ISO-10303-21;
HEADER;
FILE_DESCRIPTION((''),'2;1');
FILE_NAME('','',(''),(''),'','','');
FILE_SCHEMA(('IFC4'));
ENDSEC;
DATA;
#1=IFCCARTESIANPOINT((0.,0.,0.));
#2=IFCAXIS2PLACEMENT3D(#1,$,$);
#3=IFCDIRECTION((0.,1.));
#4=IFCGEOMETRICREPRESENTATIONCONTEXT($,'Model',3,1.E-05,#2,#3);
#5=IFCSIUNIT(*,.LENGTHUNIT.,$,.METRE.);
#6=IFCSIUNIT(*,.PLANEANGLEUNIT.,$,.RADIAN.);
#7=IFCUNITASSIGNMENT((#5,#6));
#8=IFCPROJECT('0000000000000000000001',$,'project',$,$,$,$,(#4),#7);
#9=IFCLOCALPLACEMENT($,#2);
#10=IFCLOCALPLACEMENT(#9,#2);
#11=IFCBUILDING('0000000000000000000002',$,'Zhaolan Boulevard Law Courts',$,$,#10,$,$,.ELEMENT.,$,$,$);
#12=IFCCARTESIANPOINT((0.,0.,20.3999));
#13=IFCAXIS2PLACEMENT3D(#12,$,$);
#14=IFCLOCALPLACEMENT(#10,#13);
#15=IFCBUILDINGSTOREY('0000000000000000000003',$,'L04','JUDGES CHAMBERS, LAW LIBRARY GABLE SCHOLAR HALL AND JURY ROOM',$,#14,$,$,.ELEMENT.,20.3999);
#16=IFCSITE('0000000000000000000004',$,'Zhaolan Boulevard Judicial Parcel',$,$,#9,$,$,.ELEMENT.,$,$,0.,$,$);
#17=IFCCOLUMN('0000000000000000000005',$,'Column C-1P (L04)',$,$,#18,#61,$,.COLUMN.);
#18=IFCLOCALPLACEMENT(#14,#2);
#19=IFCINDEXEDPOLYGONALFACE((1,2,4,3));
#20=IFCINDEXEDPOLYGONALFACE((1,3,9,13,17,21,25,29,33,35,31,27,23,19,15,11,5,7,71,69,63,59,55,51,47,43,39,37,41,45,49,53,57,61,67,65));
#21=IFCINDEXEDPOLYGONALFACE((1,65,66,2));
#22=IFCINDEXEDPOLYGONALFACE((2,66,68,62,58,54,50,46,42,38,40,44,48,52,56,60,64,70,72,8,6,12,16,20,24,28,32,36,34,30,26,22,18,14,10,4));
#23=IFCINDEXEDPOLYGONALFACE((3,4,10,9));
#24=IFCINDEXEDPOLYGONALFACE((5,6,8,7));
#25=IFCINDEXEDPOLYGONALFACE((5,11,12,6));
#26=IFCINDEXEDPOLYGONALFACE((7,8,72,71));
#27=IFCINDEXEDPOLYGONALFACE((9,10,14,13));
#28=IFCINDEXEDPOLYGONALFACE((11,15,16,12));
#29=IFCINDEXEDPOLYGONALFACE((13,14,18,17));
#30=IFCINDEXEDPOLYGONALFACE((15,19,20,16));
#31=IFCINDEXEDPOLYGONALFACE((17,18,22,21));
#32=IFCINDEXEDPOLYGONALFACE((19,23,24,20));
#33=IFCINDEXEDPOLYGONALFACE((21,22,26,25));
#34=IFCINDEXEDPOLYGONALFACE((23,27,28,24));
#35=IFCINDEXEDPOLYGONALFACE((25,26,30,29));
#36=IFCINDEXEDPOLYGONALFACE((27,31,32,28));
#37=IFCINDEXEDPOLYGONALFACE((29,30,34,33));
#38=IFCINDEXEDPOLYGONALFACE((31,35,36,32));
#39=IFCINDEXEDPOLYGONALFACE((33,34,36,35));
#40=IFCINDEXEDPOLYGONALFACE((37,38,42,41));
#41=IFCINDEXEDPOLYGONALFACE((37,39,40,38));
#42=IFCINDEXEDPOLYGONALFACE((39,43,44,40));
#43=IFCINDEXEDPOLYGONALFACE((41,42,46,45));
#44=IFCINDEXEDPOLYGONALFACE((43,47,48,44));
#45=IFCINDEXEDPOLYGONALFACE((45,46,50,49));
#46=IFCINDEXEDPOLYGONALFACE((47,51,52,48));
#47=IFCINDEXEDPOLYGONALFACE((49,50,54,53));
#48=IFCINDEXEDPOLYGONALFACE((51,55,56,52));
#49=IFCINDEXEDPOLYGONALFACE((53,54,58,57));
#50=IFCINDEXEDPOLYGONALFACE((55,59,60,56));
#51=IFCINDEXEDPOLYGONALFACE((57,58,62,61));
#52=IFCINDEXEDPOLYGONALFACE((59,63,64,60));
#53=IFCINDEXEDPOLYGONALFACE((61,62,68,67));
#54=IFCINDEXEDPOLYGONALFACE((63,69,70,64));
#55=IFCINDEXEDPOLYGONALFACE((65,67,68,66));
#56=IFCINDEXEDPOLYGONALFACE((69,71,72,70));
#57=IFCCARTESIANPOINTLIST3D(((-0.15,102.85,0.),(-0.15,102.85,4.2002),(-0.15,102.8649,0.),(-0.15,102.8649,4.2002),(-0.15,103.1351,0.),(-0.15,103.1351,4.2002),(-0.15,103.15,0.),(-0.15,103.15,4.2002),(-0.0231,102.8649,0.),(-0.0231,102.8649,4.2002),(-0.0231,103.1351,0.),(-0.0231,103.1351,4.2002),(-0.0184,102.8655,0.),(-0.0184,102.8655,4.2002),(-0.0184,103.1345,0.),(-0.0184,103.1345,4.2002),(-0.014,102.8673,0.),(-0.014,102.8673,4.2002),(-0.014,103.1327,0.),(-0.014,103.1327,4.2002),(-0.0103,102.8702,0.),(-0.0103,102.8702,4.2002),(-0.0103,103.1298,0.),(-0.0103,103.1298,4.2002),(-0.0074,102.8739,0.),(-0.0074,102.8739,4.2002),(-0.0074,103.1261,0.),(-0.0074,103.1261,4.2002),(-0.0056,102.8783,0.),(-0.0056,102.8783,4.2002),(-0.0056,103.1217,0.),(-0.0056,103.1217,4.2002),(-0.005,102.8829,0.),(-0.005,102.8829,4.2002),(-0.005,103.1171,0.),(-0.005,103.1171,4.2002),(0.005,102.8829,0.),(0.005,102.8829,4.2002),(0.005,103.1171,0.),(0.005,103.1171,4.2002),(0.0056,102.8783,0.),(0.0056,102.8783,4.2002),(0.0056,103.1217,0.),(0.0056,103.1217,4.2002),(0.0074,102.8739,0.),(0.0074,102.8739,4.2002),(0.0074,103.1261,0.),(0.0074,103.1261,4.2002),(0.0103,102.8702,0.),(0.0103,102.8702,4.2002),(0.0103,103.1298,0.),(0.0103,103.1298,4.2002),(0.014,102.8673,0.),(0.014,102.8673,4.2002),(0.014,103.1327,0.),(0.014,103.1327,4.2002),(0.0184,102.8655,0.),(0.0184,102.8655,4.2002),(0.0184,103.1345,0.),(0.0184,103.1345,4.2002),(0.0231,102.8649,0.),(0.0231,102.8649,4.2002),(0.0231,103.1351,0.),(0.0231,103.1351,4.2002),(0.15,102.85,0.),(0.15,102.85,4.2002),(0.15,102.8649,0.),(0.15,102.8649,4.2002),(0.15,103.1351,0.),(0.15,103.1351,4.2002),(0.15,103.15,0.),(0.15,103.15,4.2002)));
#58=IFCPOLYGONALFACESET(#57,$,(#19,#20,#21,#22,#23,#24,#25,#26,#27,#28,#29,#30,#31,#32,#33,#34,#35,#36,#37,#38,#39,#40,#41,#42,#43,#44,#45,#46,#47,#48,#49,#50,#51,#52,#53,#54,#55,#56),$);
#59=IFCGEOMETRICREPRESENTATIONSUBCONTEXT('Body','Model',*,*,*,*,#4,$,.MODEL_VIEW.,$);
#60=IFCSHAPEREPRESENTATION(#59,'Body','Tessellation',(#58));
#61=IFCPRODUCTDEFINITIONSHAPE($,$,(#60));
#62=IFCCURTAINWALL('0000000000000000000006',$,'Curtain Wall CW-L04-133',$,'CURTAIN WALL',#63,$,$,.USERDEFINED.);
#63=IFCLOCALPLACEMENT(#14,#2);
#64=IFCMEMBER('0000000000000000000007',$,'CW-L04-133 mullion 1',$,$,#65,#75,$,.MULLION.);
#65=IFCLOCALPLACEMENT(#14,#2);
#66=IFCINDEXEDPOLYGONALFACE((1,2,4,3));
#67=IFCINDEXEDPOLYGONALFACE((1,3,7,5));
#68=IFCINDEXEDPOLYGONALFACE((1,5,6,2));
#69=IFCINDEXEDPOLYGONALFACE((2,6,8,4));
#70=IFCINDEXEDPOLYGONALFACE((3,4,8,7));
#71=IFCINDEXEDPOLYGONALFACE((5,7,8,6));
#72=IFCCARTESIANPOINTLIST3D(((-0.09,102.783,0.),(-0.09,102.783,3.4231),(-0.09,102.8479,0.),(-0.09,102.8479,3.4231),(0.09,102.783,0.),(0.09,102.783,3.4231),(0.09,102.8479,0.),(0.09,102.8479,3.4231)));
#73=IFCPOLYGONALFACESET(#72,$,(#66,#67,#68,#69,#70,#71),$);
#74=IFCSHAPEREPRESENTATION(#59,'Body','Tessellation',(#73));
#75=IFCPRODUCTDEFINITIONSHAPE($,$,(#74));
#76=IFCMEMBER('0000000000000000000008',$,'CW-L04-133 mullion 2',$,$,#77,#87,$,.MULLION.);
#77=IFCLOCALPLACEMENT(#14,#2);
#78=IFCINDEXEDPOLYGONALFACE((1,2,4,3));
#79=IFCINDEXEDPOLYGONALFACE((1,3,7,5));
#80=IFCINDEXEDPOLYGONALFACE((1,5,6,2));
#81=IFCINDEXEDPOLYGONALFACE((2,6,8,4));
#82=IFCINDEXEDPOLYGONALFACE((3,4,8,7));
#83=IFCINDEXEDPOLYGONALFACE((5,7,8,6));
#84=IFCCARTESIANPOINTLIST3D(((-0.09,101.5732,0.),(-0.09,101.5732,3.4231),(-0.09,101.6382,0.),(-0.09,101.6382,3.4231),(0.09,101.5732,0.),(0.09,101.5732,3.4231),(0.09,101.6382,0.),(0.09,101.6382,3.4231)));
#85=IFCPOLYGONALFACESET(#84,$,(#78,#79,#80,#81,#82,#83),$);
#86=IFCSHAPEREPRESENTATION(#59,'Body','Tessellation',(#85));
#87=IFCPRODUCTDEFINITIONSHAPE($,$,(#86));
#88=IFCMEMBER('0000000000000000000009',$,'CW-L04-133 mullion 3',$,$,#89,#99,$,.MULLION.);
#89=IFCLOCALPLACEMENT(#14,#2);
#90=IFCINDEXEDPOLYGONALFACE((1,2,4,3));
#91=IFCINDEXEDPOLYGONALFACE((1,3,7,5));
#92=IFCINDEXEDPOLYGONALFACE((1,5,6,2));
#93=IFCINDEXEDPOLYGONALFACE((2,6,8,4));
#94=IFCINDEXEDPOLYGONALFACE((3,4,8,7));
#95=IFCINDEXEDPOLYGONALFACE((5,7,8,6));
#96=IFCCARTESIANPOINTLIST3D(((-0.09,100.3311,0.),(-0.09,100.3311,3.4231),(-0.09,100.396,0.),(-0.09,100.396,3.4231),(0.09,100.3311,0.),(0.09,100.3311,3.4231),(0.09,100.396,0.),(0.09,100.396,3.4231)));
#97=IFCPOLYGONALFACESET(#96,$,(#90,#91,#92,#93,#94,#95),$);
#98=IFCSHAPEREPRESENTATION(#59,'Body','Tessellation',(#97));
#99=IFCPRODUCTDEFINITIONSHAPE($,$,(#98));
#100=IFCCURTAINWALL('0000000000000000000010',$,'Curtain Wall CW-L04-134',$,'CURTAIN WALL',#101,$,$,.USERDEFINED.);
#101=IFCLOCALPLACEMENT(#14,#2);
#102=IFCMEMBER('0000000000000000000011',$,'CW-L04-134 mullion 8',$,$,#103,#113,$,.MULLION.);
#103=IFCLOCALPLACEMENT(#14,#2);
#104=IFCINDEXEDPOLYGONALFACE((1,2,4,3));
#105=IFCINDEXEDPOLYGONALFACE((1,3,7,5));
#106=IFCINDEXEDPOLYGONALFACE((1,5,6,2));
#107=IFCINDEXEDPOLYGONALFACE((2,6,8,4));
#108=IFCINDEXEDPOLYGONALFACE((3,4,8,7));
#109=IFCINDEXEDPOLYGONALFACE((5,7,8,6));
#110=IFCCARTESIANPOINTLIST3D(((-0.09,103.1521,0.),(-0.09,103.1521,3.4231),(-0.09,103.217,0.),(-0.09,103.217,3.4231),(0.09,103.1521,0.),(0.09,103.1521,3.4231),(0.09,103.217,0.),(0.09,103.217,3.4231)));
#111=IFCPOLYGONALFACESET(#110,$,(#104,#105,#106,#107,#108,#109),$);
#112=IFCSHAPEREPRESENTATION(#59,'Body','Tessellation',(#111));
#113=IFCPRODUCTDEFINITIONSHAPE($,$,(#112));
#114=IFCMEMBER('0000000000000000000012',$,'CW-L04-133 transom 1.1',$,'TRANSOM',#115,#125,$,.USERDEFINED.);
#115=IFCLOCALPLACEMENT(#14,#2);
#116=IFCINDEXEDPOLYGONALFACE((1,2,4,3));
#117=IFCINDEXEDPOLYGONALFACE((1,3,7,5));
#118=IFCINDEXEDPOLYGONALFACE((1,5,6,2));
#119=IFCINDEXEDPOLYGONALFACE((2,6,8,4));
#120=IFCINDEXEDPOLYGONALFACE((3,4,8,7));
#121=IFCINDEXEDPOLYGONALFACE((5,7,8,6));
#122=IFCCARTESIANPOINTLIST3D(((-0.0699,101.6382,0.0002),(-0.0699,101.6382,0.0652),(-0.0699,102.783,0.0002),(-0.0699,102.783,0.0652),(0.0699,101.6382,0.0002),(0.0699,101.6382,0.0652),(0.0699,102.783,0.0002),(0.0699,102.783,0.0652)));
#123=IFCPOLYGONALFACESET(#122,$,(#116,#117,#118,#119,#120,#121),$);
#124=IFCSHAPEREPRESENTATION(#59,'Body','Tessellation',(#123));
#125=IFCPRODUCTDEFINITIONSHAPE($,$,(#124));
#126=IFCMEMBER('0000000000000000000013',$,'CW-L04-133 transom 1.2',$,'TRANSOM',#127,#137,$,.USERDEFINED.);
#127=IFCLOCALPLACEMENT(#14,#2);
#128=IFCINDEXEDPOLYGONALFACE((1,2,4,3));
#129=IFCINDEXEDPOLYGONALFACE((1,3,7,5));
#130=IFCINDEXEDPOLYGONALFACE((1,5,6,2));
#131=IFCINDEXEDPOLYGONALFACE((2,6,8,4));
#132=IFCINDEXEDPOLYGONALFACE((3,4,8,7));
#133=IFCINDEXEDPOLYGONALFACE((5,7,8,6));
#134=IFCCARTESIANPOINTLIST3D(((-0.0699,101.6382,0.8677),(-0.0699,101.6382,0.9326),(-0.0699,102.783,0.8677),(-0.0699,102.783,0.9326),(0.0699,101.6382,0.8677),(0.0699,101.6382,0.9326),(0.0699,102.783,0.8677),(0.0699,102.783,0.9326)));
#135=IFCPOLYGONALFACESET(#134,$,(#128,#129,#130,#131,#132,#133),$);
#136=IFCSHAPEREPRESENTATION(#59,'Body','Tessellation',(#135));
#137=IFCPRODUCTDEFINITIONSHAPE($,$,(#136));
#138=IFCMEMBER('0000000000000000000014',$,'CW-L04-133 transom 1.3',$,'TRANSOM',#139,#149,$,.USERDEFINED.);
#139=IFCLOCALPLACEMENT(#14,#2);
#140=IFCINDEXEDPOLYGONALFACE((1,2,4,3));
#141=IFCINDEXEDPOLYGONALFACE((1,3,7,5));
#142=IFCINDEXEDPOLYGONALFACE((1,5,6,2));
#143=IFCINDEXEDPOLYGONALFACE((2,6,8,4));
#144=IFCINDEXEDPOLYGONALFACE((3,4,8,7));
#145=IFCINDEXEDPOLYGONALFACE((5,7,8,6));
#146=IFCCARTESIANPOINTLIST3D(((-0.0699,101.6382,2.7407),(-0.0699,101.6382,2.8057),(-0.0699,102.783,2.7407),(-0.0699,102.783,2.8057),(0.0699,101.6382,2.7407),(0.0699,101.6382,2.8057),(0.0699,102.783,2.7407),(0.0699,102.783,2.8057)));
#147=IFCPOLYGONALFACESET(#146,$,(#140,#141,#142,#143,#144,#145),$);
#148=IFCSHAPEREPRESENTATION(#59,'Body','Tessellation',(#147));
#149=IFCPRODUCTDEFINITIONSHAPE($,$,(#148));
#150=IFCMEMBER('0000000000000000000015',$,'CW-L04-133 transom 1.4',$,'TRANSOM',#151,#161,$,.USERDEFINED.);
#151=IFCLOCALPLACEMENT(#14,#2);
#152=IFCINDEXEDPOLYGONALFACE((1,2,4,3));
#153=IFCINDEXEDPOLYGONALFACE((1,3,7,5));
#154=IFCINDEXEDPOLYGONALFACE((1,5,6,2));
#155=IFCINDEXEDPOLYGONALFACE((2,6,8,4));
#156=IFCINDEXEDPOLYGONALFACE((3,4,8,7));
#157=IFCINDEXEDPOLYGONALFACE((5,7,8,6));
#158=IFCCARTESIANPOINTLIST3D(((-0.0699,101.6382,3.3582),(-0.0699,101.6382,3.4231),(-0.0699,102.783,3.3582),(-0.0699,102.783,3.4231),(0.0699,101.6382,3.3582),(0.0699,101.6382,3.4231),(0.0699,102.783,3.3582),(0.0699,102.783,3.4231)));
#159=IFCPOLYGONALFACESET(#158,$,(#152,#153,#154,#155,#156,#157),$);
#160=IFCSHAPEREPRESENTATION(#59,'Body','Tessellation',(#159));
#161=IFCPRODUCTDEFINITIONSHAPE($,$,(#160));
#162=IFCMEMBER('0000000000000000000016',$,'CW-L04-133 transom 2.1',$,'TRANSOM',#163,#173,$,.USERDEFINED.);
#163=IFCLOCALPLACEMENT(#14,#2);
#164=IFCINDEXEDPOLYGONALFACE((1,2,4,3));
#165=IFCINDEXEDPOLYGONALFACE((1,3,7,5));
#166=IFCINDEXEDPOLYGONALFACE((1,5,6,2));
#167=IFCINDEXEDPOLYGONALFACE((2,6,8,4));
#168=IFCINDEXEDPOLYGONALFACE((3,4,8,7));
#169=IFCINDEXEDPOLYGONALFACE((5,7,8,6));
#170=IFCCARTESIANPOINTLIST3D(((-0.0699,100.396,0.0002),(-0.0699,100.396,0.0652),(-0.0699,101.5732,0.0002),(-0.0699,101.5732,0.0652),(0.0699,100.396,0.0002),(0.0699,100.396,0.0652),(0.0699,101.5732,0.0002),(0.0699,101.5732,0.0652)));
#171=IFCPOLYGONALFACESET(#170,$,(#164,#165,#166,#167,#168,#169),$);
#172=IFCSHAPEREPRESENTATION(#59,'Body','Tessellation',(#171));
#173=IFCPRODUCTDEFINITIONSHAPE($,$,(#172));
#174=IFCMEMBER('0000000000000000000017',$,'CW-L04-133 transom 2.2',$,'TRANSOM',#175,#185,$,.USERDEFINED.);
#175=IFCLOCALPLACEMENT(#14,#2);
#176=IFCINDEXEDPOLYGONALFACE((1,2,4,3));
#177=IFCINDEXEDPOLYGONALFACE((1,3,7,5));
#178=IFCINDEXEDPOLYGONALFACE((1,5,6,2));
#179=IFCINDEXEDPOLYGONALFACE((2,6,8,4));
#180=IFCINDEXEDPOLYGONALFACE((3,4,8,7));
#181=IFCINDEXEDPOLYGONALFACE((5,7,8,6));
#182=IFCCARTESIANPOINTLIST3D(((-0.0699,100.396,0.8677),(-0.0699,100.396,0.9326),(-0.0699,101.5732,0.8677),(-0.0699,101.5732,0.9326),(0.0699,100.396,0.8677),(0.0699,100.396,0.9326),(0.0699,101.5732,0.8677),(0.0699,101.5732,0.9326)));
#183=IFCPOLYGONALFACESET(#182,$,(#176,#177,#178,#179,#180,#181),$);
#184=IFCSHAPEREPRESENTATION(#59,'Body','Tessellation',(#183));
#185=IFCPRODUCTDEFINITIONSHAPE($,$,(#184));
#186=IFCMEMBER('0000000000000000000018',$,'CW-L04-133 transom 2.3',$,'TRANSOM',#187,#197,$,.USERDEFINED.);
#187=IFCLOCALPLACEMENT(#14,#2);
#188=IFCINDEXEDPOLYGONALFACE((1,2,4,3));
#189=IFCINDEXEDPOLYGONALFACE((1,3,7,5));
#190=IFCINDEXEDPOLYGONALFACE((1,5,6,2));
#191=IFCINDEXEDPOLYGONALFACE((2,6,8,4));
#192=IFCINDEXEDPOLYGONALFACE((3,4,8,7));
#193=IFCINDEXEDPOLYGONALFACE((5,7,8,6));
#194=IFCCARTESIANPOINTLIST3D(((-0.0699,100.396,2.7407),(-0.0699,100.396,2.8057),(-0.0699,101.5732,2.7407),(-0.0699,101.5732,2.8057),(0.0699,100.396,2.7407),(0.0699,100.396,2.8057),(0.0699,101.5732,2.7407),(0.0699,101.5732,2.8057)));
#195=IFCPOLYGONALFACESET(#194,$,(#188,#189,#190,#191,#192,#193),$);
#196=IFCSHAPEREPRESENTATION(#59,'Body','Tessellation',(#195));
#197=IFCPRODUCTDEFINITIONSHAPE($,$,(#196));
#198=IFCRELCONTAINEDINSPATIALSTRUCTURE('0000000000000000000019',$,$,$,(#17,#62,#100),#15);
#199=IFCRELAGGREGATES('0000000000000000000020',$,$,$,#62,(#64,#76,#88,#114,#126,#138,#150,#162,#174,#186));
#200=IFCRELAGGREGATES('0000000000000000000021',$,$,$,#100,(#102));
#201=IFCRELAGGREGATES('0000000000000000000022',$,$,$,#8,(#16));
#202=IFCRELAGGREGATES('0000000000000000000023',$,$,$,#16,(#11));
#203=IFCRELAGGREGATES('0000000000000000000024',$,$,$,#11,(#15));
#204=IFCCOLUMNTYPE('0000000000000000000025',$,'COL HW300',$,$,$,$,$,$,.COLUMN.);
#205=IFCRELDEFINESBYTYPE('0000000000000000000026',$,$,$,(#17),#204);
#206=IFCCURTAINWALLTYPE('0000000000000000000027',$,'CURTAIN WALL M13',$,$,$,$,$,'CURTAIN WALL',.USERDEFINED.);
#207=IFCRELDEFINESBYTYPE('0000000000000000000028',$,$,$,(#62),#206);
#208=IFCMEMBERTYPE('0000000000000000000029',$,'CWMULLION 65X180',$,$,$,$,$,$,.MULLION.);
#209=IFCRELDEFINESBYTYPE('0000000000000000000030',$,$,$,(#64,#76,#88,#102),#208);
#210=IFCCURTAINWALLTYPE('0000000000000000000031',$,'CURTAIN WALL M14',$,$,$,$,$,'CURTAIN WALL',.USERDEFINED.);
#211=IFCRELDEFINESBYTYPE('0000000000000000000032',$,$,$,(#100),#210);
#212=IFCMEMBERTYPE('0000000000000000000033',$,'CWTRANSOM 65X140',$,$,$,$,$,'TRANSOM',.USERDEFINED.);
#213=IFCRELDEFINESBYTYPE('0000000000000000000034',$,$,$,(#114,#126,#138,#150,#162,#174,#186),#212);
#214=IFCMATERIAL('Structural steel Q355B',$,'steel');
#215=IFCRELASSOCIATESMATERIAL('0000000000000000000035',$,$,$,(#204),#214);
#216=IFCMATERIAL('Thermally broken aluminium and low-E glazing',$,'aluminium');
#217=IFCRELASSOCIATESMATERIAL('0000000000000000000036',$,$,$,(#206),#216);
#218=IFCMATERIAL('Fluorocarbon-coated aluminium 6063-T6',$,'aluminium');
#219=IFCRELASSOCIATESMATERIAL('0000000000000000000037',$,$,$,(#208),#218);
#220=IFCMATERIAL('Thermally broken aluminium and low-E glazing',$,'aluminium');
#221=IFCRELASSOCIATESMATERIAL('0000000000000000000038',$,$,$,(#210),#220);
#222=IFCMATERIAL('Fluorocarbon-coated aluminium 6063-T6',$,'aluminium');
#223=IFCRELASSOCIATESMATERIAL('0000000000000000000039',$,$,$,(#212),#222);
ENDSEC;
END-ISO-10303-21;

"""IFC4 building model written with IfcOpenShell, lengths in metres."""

from ifc_helpers import new_model, si_unit, direction, frame, origin, origin_2d, place, context, subcontext, project, spatial, rectangle, i_section, extrude, material, material_profile, profile_set, type_object, element, aggregate, save


model = new_model("IFC4")

# Units and contexts
model_context = context("Model", 3, precision=1e-05, world=origin(), true_north=direction((0.0, 1.0)))
body_context = subcontext(model_context, "Body", "Model", "MODEL_VIEW")
ifc_project = project(units=[si_unit("LENGTHUNIT", "METRE"), si_unit("PLANEANGLEUNIT", "RADIAN")], contexts=[model_context])

# Site, building, storey
site_placement = place(None, origin())
site = spatial("IfcSite", under=ifc_project, at=site_placement, Name="Zhaolan Boulevard Judicial Parcel", CompositionType="ELEMENT", RefElevation=0.0)
building_placement = place(site_placement, origin())
building = spatial("IfcBuilding", under=site, at=building_placement, Name="Zhaolan Boulevard Law Courts", CompositionType="ELEMENT")
storey_placement = place(building_placement, frame((0.0, 0.0, 20.3999)))
storey = spatial("IfcBuildingStorey", under=building, at=storey_placement, Name="L04", Description="JUDGES CHAMBERS, LAW LIBRARY GABLE SCHOLAR HALL AND JURY ROOM", CompositionType="ELEMENT", Elevation=20.3999)

# Column
ifc_material_1 = material(Name="Structural steel Q355B", Category="steel")
ifc_material_profile_1 = material_profile(ifc_material_1, i_section(OverallWidth=0.3, OverallDepth=0.3, WebThickness=0.01, FlangeThickness=0.0149, FilletRadius=0.0181, at=origin_2d()), Name="HW300x300")
ifc_profile_set_1 = profile_set([ifc_material_profile_1], Name="Structural steel Q355B")
column_type = type_object("IfcColumnType", Name="COL HW300", PredefinedType="COLUMN", material=ifc_profile_set_1)
column_placement = place(storey_placement, frame((0.0, 103.0, 0.0), z_axis=(0.0, 0.0, 1.0), x_axis=(1.0, 0.0, 0.0)))
element("IfcColumn", 1, at=column_placement, inside=storey, type_object=column_type, Name="Column C-1P (L04)", PredefinedType="COLUMN", context=body_context, shape_type="SweptSolid", body=[
    extrude(i_section(OverallWidth=0.3, OverallDepth=0.3, WebThickness=0.01, FlangeThickness=0.0149, FilletRadius=0.0181, at=origin_2d()), origin(), (0.0, 0.0, 1.0), 4.2002),
])

# Curtain wall, members
ifc_material_2 = material(Name="Thermally broken aluminium and low-E glazing", Category="aluminium")
curtain_wall_type_1 = type_object("IfcCurtainWallType", Name="CURTAIN WALL M13", ElementType="CURTAIN WALL", PredefinedType="USERDEFINED", material=ifc_material_2)
curtain_wall_1_placement = place(storey_placement, origin())
curtain_wall_1 = element("IfcCurtainWall", 2, at=curtain_wall_1_placement, inside=storey, type_object=curtain_wall_type_1, Name="Curtain Wall CW-L04-133", ObjectType="CURTAIN WALL", PredefinedType="USERDEFINED")
ifc_material_3 = material(Name="Fluorocarbon-coated aluminium 6063-T6", Category="aluminium")
ifc_material_profile_2 = material_profile(ifc_material_3, rectangle(XDim=0.1799, YDim=0.0649, at=origin_2d()), Name="AL65x180")
ifc_profile_set_2 = profile_set([ifc_material_profile_2], Name="Fluorocarbon-coated aluminium 6063-T6")
member_type_1 = type_object("IfcMemberType", Name="CWMULLION 65X180", PredefinedType="MULLION", material=ifc_profile_set_2)
member_1_placement = place(storey_placement, frame((0.0, 102.8154, 0.0), z_axis=(0.0, 0.0, 1.0), x_axis=(1.0, 0.0, 0.0)))
member_1 = element("IfcMember", 3, at=member_1_placement, type_object=member_type_1, Name="CW-L04-133 mullion 1", PredefinedType="MULLION", context=body_context, shape_type="SweptSolid", body=[
    extrude(rectangle(XDim=0.1799, YDim=0.0649, at=origin_2d()), origin(), (0.0, 0.0, 1.0), 3.4231),
])
member_2_placement = place(storey_placement, frame((0.0, 101.6057, 0.0), z_axis=(0.0, 0.0, 1.0), x_axis=(1.0, 0.0, 0.0)))
member_2 = element("IfcMember", 4, at=member_2_placement, type_object=member_type_1, Name="CW-L04-133 mullion 2", PredefinedType="MULLION", context=body_context, shape_type="SweptSolid", body=[
    extrude(rectangle(XDim=0.1799, YDim=0.0649, at=origin_2d()), origin(), (0.0, 0.0, 1.0), 3.4231),
])
member_3_placement = place(storey_placement, frame((0.0, 100.3635, 0.0), z_axis=(0.0, 0.0, 1.0), x_axis=(1.0, 0.0, 0.0)))
member_3 = element("IfcMember", 5, at=member_3_placement, type_object=member_type_1, Name="CW-L04-133 mullion 3", PredefinedType="MULLION", context=body_context, shape_type="SweptSolid", body=[
    extrude(rectangle(XDim=0.1799, YDim=0.0649, at=origin_2d()), origin(), (0.0, 0.0, 1.0), 3.4231),
])

# Curtain wall, member
ifc_material_4 = material(Name="Thermally broken aluminium and low-E glazing", Category="aluminium")
curtain_wall_type_2 = type_object("IfcCurtainWallType", Name="CURTAIN WALL M14", ElementType="CURTAIN WALL", PredefinedType="USERDEFINED", material=ifc_material_4)
curtain_wall_2_placement = place(storey_placement, origin())
curtain_wall_2 = element("IfcCurtainWall", 6, at=curtain_wall_2_placement, inside=storey, type_object=curtain_wall_type_2, Name="Curtain Wall CW-L04-134", ObjectType="CURTAIN WALL", PredefinedType="USERDEFINED")
member_4_placement = place(storey_placement, frame((0.0, 103.1846, 0.0), z_axis=(0.0, 0.0, 1.0), x_axis=(1.0, 0.0, 0.0)))
member_4 = element("IfcMember", 7, at=member_4_placement, type_object=member_type_1, Name="CW-L04-134 mullion 8", PredefinedType="MULLION", context=body_context, shape_type="SweptSolid", body=[
    extrude(rectangle(XDim=0.1799, YDim=0.0649, at=origin_2d()), origin(), (0.0, 0.0, 1.0), 3.4231),
])

# Members
ifc_material_5 = material(Name="Fluorocarbon-coated aluminium 6063-T6", Category="aluminium")
ifc_material_profile_3 = material_profile(ifc_material_5, rectangle(XDim=0.1399, YDim=0.0649, at=origin_2d()), Name="AL65x140")
ifc_profile_set_3 = profile_set([ifc_material_profile_3], Name="Fluorocarbon-coated aluminium 6063-T6")
member_type_2 = type_object("IfcMemberType", Name="CWTRANSOM 65X140", ElementType="TRANSOM", PredefinedType="USERDEFINED", material=ifc_profile_set_3)
member_5_placement = place(storey_placement, frame((0.0, 102.783, 0.0327), z_axis=(0.0, -1.0, 0.0), x_axis=(1.0, 0.0, 0.0)))
member_5 = element("IfcMember", 8, at=member_5_placement, type_object=member_type_2, Name="CW-L04-133 transom 1.1", ObjectType="TRANSOM", PredefinedType="USERDEFINED", context=body_context, shape_type="SweptSolid", body=[
    extrude(rectangle(XDim=0.1399, YDim=0.0649, at=origin_2d()), origin(), (0.0, 0.0, 1.0), 1.1448),
])
member_6_placement = place(storey_placement, frame((0.0, 102.783, 0.9001), z_axis=(0.0, -1.0, 0.0), x_axis=(1.0, 0.0, 0.0)))
member_6 = element("IfcMember", 9, at=member_6_placement, type_object=member_type_2, Name="CW-L04-133 transom 1.2", ObjectType="TRANSOM", PredefinedType="USERDEFINED", context=body_context, shape_type="SweptSolid", body=[
    extrude(rectangle(XDim=0.1399, YDim=0.0649, at=origin_2d()), origin(), (0.0, 0.0, 1.0), 1.1448),
])
member_7_placement = place(storey_placement, frame((0.0, 102.783, 2.7732), z_axis=(0.0, -1.0, 0.0), x_axis=(1.0, 0.0, 0.0)))
member_7 = element("IfcMember", 10, at=member_7_placement, type_object=member_type_2, Name="CW-L04-133 transom 1.3", ObjectType="TRANSOM", PredefinedType="USERDEFINED", context=body_context, shape_type="SweptSolid", body=[
    extrude(rectangle(XDim=0.1399, YDim=0.0649, at=origin_2d()), origin(), (0.0, 0.0, 1.0), 1.1448),
])
member_8_placement = place(storey_placement, frame((0.0, 102.783, 3.3906), z_axis=(0.0, -1.0, 0.0), x_axis=(1.0, 0.0, 0.0)))
member_8 = element("IfcMember", 11, at=member_8_placement, type_object=member_type_2, Name="CW-L04-133 transom 1.4", ObjectType="TRANSOM", PredefinedType="USERDEFINED", context=body_context, shape_type="SweptSolid", body=[
    extrude(rectangle(XDim=0.1399, YDim=0.0649, at=origin_2d()), origin(), (0.0, 0.0, 1.0), 1.1448),
])
member_9_placement = place(storey_placement, frame((0.0, 101.5732, 0.0327), z_axis=(0.0, -1.0, 0.0), x_axis=(1.0, 0.0, 0.0)))
member_9 = element("IfcMember", 12, at=member_9_placement, type_object=member_type_2, Name="CW-L04-133 transom 2.1", ObjectType="TRANSOM", PredefinedType="USERDEFINED", context=body_context, shape_type="SweptSolid", body=[
    extrude(rectangle(XDim=0.1399, YDim=0.0649, at=origin_2d()), origin(), (0.0, 0.0, 1.0), 1.1772),
])
member_10_placement = place(storey_placement, frame((0.0, 101.5732, 0.9001), z_axis=(0.0, -1.0, 0.0), x_axis=(1.0, 0.0, 0.0)))
member_10 = element("IfcMember", 13, at=member_10_placement, type_object=member_type_2, Name="CW-L04-133 transom 2.2", ObjectType="TRANSOM", PredefinedType="USERDEFINED", context=body_context, shape_type="SweptSolid", body=[
    extrude(rectangle(XDim=0.1399, YDim=0.0649, at=origin_2d()), origin(), (0.0, 0.0, 1.0), 1.1772),
])
member_11_placement = place(storey_placement, frame((0.0, 101.5732, 2.7732), z_axis=(0.0, -1.0, 0.0), x_axis=(1.0, 0.0, 0.0)))
member_11 = element("IfcMember", 14, at=member_11_placement, type_object=member_type_2, Name="CW-L04-133 transom 2.3", ObjectType="TRANSOM", PredefinedType="USERDEFINED", context=body_context, shape_type="SweptSolid", body=[
    extrude(rectangle(XDim=0.1399, YDim=0.0649, at=origin_2d()), origin(), (0.0, 0.0, 1.0), 1.1772),
])

aggregate(curtain_wall_1, [member_1, member_2, member_3, member_5, member_6, member_7, member_8, member_9, member_10, member_11])
aggregate(curtain_wall_2, [member_4])

save(model, "model.ifc")
